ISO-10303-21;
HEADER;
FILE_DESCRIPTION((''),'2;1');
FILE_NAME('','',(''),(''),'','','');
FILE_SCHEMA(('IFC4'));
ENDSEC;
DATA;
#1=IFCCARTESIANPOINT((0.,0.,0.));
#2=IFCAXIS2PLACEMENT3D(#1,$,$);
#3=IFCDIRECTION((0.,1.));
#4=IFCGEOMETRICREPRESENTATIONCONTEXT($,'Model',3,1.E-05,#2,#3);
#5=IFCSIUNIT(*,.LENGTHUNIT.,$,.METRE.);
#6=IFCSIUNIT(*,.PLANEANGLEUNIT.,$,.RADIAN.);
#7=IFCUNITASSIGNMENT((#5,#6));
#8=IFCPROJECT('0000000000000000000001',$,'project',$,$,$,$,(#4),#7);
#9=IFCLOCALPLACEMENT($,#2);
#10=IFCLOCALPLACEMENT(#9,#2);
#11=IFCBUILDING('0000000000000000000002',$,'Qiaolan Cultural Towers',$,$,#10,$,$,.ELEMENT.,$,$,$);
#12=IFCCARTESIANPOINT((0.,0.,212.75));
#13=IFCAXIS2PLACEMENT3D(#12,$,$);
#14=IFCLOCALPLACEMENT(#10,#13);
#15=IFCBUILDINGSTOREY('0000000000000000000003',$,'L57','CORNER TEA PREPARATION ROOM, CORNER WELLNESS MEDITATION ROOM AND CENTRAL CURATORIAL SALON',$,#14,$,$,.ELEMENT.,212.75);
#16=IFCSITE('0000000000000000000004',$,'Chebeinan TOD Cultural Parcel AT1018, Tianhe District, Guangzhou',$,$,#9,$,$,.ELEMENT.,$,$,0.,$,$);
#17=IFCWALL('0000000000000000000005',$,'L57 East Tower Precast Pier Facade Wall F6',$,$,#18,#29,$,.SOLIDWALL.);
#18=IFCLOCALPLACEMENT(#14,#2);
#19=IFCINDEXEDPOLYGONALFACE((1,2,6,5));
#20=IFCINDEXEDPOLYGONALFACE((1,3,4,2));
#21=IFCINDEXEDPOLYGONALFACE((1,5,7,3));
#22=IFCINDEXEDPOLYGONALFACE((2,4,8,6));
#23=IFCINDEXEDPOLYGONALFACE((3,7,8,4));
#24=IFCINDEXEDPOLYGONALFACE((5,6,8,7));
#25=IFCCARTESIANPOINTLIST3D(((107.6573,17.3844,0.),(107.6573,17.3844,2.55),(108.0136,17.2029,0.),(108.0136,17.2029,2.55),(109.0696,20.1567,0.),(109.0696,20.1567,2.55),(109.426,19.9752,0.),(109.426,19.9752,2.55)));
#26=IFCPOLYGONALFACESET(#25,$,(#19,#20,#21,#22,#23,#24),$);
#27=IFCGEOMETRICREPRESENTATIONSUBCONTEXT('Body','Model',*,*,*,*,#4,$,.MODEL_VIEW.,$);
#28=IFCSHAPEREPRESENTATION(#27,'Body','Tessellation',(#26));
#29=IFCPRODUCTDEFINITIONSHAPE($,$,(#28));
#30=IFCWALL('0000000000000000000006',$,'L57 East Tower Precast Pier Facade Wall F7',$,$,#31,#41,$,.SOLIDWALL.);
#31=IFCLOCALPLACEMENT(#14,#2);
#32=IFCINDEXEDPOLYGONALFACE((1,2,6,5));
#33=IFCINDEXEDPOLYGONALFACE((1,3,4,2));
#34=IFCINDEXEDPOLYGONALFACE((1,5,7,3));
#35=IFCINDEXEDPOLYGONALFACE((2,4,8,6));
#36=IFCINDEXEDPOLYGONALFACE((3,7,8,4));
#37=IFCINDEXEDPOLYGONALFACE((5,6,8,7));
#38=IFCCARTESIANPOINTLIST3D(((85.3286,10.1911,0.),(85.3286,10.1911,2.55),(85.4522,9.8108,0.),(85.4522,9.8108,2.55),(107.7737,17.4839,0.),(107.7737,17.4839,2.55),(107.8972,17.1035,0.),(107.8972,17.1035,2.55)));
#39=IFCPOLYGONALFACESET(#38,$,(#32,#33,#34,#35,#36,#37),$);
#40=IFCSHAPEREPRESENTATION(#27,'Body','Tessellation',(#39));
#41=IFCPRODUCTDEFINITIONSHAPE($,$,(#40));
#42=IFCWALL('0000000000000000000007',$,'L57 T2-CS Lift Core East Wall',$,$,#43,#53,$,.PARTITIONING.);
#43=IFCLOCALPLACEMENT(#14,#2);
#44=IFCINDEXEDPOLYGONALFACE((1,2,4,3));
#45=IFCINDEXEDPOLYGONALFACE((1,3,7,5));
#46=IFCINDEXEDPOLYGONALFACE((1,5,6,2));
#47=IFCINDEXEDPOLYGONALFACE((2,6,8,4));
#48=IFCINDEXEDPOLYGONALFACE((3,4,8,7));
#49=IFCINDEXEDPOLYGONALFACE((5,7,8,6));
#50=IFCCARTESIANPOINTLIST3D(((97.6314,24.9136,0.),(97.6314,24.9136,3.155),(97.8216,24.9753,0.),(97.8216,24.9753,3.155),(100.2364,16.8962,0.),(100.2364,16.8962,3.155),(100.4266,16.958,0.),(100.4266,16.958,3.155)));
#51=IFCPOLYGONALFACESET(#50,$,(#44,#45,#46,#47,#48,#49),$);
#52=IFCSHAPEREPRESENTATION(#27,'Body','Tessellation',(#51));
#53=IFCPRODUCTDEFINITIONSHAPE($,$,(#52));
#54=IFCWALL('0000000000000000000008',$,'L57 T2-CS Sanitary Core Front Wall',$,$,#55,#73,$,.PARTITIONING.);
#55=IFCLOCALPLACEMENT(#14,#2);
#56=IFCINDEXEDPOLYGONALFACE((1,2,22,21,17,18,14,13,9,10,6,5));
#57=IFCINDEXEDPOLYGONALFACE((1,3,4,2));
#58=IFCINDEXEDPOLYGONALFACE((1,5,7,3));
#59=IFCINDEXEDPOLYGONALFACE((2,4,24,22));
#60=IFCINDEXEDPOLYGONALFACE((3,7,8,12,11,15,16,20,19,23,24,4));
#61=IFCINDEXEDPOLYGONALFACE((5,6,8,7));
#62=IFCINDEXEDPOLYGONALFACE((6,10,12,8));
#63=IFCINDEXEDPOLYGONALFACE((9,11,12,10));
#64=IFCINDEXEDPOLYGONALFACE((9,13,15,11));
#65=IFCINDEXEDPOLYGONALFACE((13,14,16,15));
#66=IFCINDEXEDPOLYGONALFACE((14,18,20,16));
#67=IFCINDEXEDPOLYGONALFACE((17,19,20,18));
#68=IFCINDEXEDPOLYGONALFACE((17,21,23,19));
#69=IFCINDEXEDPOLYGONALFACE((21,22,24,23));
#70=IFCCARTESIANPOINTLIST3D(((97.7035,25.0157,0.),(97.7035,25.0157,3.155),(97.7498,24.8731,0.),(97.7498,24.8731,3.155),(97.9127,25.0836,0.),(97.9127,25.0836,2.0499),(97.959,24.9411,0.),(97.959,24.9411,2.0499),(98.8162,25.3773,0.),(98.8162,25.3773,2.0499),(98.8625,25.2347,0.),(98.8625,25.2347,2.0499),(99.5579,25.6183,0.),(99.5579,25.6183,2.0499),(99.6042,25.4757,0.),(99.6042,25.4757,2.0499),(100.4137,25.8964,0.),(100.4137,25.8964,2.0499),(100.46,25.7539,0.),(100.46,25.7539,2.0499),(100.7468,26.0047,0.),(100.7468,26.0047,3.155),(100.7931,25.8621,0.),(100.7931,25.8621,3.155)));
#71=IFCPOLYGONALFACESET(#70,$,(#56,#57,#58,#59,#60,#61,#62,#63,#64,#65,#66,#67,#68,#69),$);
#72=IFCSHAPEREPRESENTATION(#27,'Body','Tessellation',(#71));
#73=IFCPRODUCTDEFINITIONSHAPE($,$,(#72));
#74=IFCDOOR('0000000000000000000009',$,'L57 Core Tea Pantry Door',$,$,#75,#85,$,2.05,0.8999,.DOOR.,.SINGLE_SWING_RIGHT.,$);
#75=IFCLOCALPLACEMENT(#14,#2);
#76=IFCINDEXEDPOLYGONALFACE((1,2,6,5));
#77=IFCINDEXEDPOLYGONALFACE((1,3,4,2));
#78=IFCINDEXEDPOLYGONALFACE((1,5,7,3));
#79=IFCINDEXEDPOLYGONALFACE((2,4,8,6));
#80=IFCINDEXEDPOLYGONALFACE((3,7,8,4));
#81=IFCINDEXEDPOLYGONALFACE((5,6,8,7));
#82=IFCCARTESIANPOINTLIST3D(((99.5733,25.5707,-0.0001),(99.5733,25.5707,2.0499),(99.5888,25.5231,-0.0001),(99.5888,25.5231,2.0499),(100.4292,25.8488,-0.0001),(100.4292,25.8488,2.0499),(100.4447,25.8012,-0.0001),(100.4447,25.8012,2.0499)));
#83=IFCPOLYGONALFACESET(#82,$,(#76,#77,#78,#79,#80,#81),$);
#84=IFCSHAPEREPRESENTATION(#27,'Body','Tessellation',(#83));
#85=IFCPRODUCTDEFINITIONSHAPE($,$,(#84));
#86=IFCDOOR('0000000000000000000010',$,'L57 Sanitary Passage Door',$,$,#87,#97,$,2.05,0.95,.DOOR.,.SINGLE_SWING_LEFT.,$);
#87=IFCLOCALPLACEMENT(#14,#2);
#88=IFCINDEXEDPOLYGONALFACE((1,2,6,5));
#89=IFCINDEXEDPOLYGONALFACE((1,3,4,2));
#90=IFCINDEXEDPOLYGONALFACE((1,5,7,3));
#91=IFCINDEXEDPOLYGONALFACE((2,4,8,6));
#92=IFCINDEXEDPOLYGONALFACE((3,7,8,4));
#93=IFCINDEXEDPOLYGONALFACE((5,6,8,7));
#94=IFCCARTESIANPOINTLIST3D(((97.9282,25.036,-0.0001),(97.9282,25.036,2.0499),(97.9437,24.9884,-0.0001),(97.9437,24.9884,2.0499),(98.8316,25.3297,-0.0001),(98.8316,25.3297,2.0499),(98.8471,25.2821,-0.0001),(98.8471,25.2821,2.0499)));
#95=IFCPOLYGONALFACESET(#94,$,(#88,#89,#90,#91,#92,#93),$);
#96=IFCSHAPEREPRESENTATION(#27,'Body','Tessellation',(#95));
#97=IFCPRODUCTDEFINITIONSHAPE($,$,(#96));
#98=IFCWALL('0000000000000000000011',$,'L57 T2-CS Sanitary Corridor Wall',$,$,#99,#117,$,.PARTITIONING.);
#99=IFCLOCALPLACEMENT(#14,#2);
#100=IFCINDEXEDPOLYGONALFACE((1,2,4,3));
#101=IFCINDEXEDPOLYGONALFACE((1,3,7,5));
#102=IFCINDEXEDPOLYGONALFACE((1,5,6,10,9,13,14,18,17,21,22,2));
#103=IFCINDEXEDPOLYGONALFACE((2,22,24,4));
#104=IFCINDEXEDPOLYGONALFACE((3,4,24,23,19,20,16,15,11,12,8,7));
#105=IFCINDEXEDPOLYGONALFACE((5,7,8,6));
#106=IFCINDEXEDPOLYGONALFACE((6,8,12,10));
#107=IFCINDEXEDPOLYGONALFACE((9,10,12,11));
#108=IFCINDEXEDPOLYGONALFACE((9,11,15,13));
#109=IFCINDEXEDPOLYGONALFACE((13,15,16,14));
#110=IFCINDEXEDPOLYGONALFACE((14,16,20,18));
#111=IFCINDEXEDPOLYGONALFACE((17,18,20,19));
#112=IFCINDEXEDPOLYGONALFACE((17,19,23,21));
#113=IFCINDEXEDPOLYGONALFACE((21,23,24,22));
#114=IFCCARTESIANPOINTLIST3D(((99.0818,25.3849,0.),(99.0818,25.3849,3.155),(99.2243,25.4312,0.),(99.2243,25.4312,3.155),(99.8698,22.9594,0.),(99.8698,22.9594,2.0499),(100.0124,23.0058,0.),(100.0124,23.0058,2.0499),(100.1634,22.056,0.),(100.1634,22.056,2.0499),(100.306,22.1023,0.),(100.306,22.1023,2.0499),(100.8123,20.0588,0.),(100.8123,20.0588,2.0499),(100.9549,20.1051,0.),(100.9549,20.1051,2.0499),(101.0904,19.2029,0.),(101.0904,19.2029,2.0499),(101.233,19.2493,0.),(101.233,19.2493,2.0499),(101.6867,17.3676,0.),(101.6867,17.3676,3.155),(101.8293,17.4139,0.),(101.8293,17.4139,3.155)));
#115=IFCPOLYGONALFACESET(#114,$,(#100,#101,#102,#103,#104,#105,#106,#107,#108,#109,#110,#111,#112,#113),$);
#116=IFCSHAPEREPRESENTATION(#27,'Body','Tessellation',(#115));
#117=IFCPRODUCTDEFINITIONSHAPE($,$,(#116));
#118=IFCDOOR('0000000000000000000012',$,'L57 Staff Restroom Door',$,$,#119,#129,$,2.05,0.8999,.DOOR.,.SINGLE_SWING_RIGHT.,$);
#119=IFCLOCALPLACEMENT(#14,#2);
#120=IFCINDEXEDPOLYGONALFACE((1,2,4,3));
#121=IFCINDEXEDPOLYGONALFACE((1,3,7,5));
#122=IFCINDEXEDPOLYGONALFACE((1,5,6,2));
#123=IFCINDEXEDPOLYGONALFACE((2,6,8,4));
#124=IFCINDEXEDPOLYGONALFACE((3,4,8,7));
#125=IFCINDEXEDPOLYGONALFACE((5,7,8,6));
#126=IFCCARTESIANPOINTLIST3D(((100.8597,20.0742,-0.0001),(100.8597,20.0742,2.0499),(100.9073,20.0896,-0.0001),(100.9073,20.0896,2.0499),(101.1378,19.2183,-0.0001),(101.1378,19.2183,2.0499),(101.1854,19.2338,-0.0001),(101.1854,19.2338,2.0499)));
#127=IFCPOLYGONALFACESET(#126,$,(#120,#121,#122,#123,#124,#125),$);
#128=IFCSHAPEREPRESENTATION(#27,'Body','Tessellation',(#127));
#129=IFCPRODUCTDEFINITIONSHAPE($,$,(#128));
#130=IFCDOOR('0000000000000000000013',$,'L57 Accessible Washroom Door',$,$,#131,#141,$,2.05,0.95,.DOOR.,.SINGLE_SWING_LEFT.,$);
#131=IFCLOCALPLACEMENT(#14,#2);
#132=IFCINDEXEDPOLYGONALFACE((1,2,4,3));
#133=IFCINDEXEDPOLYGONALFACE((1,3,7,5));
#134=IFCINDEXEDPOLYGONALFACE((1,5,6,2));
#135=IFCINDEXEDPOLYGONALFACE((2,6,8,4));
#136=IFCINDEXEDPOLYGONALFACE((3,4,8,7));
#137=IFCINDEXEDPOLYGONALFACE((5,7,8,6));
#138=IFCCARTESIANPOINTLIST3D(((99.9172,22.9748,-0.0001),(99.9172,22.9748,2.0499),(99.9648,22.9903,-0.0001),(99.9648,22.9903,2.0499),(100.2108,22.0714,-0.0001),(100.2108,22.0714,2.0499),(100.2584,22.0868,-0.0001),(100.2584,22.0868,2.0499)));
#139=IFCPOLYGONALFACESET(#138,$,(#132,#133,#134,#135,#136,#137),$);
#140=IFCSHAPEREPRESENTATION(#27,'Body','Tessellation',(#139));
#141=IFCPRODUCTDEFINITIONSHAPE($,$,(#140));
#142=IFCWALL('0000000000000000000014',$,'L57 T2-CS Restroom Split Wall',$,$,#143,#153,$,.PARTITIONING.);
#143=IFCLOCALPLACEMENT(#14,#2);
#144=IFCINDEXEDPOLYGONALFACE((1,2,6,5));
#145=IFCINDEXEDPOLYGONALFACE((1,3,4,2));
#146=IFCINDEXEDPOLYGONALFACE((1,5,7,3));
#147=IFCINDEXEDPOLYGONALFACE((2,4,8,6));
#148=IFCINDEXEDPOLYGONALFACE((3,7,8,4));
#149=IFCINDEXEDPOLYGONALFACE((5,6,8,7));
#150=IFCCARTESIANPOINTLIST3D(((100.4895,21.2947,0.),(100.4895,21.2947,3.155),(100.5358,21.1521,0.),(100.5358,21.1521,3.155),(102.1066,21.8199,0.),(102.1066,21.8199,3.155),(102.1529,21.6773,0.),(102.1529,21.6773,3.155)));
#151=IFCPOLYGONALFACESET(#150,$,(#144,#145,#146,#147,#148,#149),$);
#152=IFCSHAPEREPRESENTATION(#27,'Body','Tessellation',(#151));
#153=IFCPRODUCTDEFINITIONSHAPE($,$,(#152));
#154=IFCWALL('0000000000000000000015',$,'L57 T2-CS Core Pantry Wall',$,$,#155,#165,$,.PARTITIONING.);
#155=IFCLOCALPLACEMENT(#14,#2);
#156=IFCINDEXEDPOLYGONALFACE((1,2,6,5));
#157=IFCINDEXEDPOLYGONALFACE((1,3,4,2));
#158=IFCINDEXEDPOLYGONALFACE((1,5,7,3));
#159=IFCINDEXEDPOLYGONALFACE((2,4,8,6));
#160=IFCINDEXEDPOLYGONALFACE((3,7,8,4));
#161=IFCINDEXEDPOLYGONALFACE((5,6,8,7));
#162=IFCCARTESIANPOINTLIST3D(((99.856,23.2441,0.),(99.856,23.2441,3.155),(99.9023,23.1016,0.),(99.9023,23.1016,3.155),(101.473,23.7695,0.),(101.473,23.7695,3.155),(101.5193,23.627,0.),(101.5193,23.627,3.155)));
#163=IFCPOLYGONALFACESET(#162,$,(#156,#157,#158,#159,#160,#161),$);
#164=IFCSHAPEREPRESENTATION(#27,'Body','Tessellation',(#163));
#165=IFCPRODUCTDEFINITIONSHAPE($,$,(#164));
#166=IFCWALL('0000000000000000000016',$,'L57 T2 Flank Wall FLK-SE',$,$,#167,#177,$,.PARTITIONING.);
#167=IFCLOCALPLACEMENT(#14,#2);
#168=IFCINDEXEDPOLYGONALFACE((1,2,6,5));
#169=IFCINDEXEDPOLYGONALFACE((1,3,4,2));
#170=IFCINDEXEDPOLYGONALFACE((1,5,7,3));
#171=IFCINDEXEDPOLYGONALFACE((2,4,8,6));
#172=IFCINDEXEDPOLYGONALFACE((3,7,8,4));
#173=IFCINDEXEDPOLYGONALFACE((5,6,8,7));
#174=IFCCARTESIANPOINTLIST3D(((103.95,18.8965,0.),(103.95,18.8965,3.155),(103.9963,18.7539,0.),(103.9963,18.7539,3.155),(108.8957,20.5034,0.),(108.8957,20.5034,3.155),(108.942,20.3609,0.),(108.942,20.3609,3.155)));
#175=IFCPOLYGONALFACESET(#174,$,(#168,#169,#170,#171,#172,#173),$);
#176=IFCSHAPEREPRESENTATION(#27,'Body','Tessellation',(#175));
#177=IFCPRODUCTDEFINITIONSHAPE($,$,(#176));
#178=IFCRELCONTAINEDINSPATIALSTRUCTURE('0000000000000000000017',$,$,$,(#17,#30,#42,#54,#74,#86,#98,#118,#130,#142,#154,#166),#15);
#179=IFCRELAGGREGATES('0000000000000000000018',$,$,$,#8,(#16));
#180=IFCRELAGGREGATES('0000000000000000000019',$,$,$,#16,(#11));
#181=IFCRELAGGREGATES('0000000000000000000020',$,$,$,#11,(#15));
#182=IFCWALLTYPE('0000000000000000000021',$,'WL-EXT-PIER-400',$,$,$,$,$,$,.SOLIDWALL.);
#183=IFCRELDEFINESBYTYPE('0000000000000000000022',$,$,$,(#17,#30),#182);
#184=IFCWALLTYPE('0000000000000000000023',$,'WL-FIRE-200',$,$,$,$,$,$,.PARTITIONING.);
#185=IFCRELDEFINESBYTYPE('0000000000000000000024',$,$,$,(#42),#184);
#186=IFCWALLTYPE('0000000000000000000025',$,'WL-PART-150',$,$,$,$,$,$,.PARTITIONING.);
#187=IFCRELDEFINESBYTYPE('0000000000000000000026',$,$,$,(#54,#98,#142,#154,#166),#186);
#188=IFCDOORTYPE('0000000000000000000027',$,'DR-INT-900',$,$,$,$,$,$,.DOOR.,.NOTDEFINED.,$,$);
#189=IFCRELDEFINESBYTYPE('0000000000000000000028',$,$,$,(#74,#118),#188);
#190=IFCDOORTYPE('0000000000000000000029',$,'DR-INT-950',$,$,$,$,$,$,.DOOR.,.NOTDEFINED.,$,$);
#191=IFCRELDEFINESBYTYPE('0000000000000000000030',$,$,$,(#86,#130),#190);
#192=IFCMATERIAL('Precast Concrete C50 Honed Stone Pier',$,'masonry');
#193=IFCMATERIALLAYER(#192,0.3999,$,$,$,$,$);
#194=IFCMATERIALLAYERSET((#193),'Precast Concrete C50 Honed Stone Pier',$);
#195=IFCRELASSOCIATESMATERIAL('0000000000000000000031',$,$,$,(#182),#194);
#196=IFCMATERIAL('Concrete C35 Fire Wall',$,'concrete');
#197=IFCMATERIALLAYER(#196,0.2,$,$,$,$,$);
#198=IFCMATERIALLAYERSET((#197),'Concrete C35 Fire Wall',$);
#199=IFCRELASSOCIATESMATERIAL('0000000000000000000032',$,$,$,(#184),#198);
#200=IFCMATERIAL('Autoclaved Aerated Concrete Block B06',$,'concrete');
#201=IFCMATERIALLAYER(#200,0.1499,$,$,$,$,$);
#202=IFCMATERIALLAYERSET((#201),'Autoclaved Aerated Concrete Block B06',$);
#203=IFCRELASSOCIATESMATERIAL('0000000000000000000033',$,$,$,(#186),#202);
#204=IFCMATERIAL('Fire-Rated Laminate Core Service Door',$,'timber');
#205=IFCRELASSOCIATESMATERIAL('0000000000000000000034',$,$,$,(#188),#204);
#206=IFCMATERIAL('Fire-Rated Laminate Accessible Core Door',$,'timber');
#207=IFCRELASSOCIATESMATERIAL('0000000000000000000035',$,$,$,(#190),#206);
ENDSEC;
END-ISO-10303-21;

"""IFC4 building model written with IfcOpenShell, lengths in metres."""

from ifc_helpers import new_model, si_unit, direction, frame, frame_2d, origin, place, context, subcontext, project, spatial, rectangle, extrude, material, layer, layer_set, type_object, element, fill, save


model = new_model("IFC4")

# Units and contexts
model_context = context("Model", 3, precision=1e-05, world=origin(), true_north=direction((0.0, 1.0)))
body_context = subcontext(model_context, "Body", "Model", "MODEL_VIEW")
ifc_project = project(units=[si_unit("LENGTHUNIT", "METRE"), si_unit("PLANEANGLEUNIT", "RADIAN")], contexts=[model_context])

# Site, building, storey
site_placement = place(None, origin())
site = spatial("IfcSite", under=ifc_project, at=site_placement, Name="Chebeinan TOD Cultural Parcel AT1018, Tianhe District, Guangzhou", CompositionType="ELEMENT", RefElevation=0.0)
building_placement = place(site_placement, origin())
building = spatial("IfcBuilding", under=site, at=building_placement, Name="Qiaolan Cultural Towers", CompositionType="ELEMENT")
storey_placement = place(building_placement, frame((0.0, 0.0, 212.75)))
storey = spatial("IfcBuildingStorey", under=building, at=storey_placement, Name="L57", Description="CORNER TEA PREPARATION ROOM, CORNER WELLNESS MEDITATION ROOM AND CENTRAL CURATORIAL SALON", CompositionType="ELEMENT", Elevation=212.75)

# Walls
ifc_material_1 = material(Name="Precast Concrete C50 Honed Stone Pier", Category="masonry")
ifc_layer_1 = layer(ifc_material_1, 0.3999)
ifc_layer_set_1 = layer_set([ifc_layer_1], Name="Precast Concrete C50 Honed Stone Pier")
wall_type_1 = type_object("IfcWallType", Name="WL-EXT-PIER-400", PredefinedType="SOLIDWALL", material=ifc_layer_set_1)
wall_1_placement = place(storey_placement, frame((109.2478, 20.0659, 0.0), z_axis=(0.0, 0.0, 1.0), x_axis=(-0.453949, -0.891028, 0.0)))
element("IfcWall", 1, at=wall_1_placement, inside=storey, type_object=wall_type_1, Name="L57 East Tower Precast Pier Facade Wall F6", PredefinedType="SOLIDWALL", context=body_context, shape_type="SweptSolid", body=[
    extrude(rectangle(XDim=3.1113, YDim=0.3999, at=frame_2d((1.5557, 0.0))), origin(), (0.0, 0.0, 1.0), 2.55),
])
wall_2_placement = place(storey_placement, frame((107.8354, 17.2937, 0.0), z_axis=(0.0, 0.0, 1.0), x_axis=(-0.951058, -0.309012, 0.0)))
element("IfcWall", 2, at=wall_2_placement, inside=storey, type_object=wall_type_1, Name="L57 East Tower Precast Pier Facade Wall F7", PredefinedType="SOLIDWALL", context=body_context, shape_type="SweptSolid", body=[
    extrude(rectangle(XDim=23.6001, YDim=0.3999, at=frame_2d((11.8, 0.0))), origin(), (0.0, 0.0, 1.0), 2.55),
])
ifc_material_2 = material(Name="Concrete C35 Fire Wall", Category="concrete")
ifc_layer_2 = layer(ifc_material_2, 0.2)
ifc_layer_set_2 = layer_set([ifc_layer_2], Name="Concrete C35 Fire Wall")
wall_type_2 = type_object("IfcWallType", Name="WL-FIRE-200", PredefinedType="PARTITIONING", material=ifc_layer_set_2)
wall_3_placement = place(storey_placement, frame((97.7266, 24.9443, 0.0), z_axis=(0.0, 0.0, 1.0), x_axis=(0.309016, -0.951057, 0.0)))
element("IfcWall", 3, at=wall_3_placement, inside=storey, type_object=wall_type_2, Name="L57 T2-CS Lift Core East Wall", PredefinedType="PARTITIONING", context=body_context, shape_type="SweptSolid", body=[
    extrude(rectangle(XDim=8.4299, YDim=0.2, at=frame_2d((4.2148, 0.0))), origin(), (0.0, 0.0, 1.0), 3.155),
])

# Walls, openings, doors
ifc_material_3 = material(Name="Autoclaved Aerated Concrete Block B06", Category="concrete")
ifc_layer_3 = layer(ifc_material_3, 0.1499)
ifc_layer_set_3 = layer_set([ifc_layer_3], Name="Autoclaved Aerated Concrete Block B06")
wall_type_3 = type_object("IfcWallType", Name="WL-PART-150", PredefinedType="PARTITIONING", material=ifc_layer_set_3)
wall_4_placement = place(storey_placement, frame((97.7266, 24.9443, 0.0), z_axis=(0.0, 0.0, 1.0), x_axis=(0.951037, 0.309077, 0.0)))
wall_4 = element("IfcWall", 4, at=wall_4_placement, inside=storey, type_object=wall_type_3, Name="L57 T2-CS Sanitary Core Front Wall", PredefinedType="PARTITIONING", context=body_context, shape_type="SweptSolid", body=[
    extrude(rectangle(XDim=3.2, YDim=0.1499, at=frame_2d((1.6001, 0.0))), origin(), (0.0, 0.0, 1.0), 3.155),
])
opening_1_placement = place(wall_4_placement, frame((0.22, 0.0, 0.0)))
opening_1 = element("IfcOpeningElement", 5, at=opening_1_placement, cuts=wall_4, PredefinedType="OPENING", context=body_context, shape_type="SweptSolid", body=[
    extrude(rectangle(XDim=0.95, YDim=2.05, at=frame_2d((0.4751, 1.0249))), frame((0.0, 0.085, 0.0), z_axis=(0.0, -1.0, 0.0), x_axis=(1.0, 0.0, 0.0)), (0.0, 0.0, 1.0), 0.1699),
])
opening_2_placement = place(wall_4_placement, frame((1.95, 0.0, 0.0)))
opening_2 = element("IfcOpeningElement", 6, at=opening_2_placement, cuts=wall_4, PredefinedType="OPENING", context=body_context, shape_type="SweptSolid", body=[
    extrude(rectangle(XDim=0.8999, YDim=2.05, at=frame_2d((0.45, 1.0249))), frame((0.0, 0.085, 0.0), z_axis=(0.0, -1.0, 0.0), x_axis=(1.0, 0.0, 0.0)), (0.0, 0.0, 1.0), 0.1699),
])
ifc_material_4 = material(Name="Fire-Rated Laminate Core Service Door", Category="timber")
door_type_1 = type_object("IfcDoorType", Name="DR-INT-900", OperationType="NOTDEFINED", PredefinedType="DOOR", material=ifc_material_4)
door_1_placement = place(opening_2_placement, origin())
door_1 = element("IfcDoor", 7, at=door_1_placement, inside=storey, type_object=door_type_1, Name="L57 Core Tea Pantry Door", OperationType="SINGLE_SWING_RIGHT", OverallHeight=2.05, OverallWidth=0.8999, PredefinedType="DOOR", context=body_context, shape_type="SweptSolid", body=[
    extrude(rectangle(XDim=0.8999, YDim=2.05, at=frame_2d((0.45, 1.0249))), frame((0.0, 0.0249, 0.0), z_axis=(0.0, -1.0, 0.0), x_axis=(1.0, 0.0, 0.0)), (0.0, 0.0, 1.0), 0.05),
])
fill(opening_2, door_1)
ifc_material_5 = material(Name="Fire-Rated Laminate Accessible Core Door", Category="timber")
door_type_2 = type_object("IfcDoorType", Name="DR-INT-950", OperationType="NOTDEFINED", PredefinedType="DOOR", material=ifc_material_5)
door_2_placement = place(opening_1_placement, origin())
door_2 = element("IfcDoor", 8, at=door_2_placement, inside=storey, type_object=door_type_2, Name="L57 Sanitary Passage Door", OperationType="SINGLE_SWING_LEFT", OverallHeight=2.05, OverallWidth=0.95, PredefinedType="DOOR", context=body_context, shape_type="SweptSolid", body=[
    extrude(rectangle(XDim=0.95, YDim=2.05, at=frame_2d((0.4751, 1.0249))), frame((0.0, 0.0249, 0.0), z_axis=(0.0, -1.0, 0.0), x_axis=(1.0, 0.0, 0.0)), (0.0, 0.0, 1.0), 0.05),
])
fill(opening_1, door_2)
wall_5_placement = place(storey_placement, frame((99.1531, 25.408, 0.0), z_axis=(0.0, 0.0, 1.0), x_axis=(0.309016, -0.951057, 0.0)))
wall_5 = element("IfcWall", 9, at=wall_5_placement, inside=storey, type_object=wall_type_3, Name="L57 T2-CS Sanitary Corridor Wall", PredefinedType="PARTITIONING", context=body_context, shape_type="SweptSolid", body=[
    extrude(rectangle(XDim=8.4299, YDim=0.1499, at=frame_2d((4.2148, 0.0))), origin(), (0.0, 0.0, 1.0), 3.155),
])
opening_3_placement = place(wall_5_placement, frame((2.55, 0.0, 0.0)))
opening_3 = element("IfcOpeningElement", 10, at=opening_3_placement, cuts=wall_5, PredefinedType="OPENING", context=body_context, shape_type="SweptSolid", body=[
    extrude(rectangle(XDim=0.95, YDim=2.05, at=frame_2d((0.4751, 1.0249))), frame((0.0, 0.085, 0.0), z_axis=(0.0, -1.0, 0.0), x_axis=(1.0, 0.0, 0.0)), (0.0, 0.0, 1.0), 0.1699),
])
opening_4_placement = place(wall_5_placement, frame((5.6001, 0.0, 0.0)))
opening_4 = element("IfcOpeningElement", 11, at=opening_4_placement, cuts=wall_5, PredefinedType="OPENING", context=body_context, shape_type="SweptSolid", body=[
    extrude(rectangle(XDim=0.8999, YDim=2.05, at=frame_2d((0.45, 1.0249))), frame((0.0, 0.085, 0.0), z_axis=(0.0, -1.0, 0.0), x_axis=(1.0, 0.0, 0.0)), (0.0, 0.0, 1.0), 0.1699),
])
door_3_placement = place(opening_4_placement, origin())
door_3 = element("IfcDoor", 12, at=door_3_placement, inside=storey, type_object=door_type_1, Name="L57 Staff Restroom Door", OperationType="SINGLE_SWING_RIGHT", OverallHeight=2.05, OverallWidth=0.8999, PredefinedType="DOOR", context=body_context, shape_type="SweptSolid", body=[
    extrude(rectangle(XDim=0.8999, YDim=2.05, at=frame_2d((0.45, 1.0249))), frame((0.0, 0.0249, 0.0), z_axis=(0.0, -1.0, 0.0), x_axis=(1.0, 0.0, 0.0)), (0.0, 0.0, 1.0), 0.05),
])
fill(opening_4, door_3)
door_4_placement = place(opening_3_placement, origin())
door_4 = element("IfcDoor", 13, at=door_4_placement, inside=storey, type_object=door_type_2, Name="L57 Accessible Washroom Door", OperationType="SINGLE_SWING_LEFT", OverallHeight=2.05, OverallWidth=0.95, PredefinedType="DOOR", context=body_context, shape_type="SweptSolid", body=[
    extrude(rectangle(XDim=0.95, YDim=2.05, at=frame_2d((0.4751, 1.0249))), frame((0.0, 0.0249, 0.0), z_axis=(0.0, -1.0, 0.0), x_axis=(1.0, 0.0, 0.0)), (0.0, 0.0, 1.0), 0.05),
])
fill(opening_3, door_4)

# Walls
for number, where, z_axis, x_axis, name in (
    (14, (100.5127, 21.2234, 0.0), (0.0, 0.0, 1.0), (0.951096, 0.308894, 0.0), "L57 T2-CS Restroom Split Wall"),
    (15, (99.8792, 23.1729, 0.0), (0.0, 0.0, 1.0), (0.951054, 0.309024, 0.0), "L57 T2-CS Core Pantry Wall"),
):
    element("IfcWall", number, at=place(storey_placement, frame(where, z_axis=z_axis, x_axis=x_axis)), inside=storey, type_object=wall_type_3, Name=name, PredefinedType="PARTITIONING", context=body_context, shape_type="SweptSolid", body=[
        extrude(rectangle(XDim=1.7002, YDim=0.1499, at=frame_2d((0.8501, 0.0))), origin(), (0.0, 0.0, 1.0), 3.155),
    ])
wall_6_placement = place(storey_placement, frame((103.9731, 18.8252, 0.0), z_axis=(0.0, 0.0, 1.0), x_axis=(0.951055, 0.309021, 0.0)))
element("IfcWall", 16, at=wall_6_placement, inside=storey, type_object=wall_type_3, Name="L57 T2 Flank Wall FLK-SE", PredefinedType="PARTITIONING", context=body_context, shape_type="SweptSolid", body=[
    extrude(rectangle(XDim=5.2002, YDim=0.1499, at=frame_2d((2.6001, 0.0))), origin(), (0.0, 0.0, 1.0), 3.155),
])

save(model, "model.ifc")
